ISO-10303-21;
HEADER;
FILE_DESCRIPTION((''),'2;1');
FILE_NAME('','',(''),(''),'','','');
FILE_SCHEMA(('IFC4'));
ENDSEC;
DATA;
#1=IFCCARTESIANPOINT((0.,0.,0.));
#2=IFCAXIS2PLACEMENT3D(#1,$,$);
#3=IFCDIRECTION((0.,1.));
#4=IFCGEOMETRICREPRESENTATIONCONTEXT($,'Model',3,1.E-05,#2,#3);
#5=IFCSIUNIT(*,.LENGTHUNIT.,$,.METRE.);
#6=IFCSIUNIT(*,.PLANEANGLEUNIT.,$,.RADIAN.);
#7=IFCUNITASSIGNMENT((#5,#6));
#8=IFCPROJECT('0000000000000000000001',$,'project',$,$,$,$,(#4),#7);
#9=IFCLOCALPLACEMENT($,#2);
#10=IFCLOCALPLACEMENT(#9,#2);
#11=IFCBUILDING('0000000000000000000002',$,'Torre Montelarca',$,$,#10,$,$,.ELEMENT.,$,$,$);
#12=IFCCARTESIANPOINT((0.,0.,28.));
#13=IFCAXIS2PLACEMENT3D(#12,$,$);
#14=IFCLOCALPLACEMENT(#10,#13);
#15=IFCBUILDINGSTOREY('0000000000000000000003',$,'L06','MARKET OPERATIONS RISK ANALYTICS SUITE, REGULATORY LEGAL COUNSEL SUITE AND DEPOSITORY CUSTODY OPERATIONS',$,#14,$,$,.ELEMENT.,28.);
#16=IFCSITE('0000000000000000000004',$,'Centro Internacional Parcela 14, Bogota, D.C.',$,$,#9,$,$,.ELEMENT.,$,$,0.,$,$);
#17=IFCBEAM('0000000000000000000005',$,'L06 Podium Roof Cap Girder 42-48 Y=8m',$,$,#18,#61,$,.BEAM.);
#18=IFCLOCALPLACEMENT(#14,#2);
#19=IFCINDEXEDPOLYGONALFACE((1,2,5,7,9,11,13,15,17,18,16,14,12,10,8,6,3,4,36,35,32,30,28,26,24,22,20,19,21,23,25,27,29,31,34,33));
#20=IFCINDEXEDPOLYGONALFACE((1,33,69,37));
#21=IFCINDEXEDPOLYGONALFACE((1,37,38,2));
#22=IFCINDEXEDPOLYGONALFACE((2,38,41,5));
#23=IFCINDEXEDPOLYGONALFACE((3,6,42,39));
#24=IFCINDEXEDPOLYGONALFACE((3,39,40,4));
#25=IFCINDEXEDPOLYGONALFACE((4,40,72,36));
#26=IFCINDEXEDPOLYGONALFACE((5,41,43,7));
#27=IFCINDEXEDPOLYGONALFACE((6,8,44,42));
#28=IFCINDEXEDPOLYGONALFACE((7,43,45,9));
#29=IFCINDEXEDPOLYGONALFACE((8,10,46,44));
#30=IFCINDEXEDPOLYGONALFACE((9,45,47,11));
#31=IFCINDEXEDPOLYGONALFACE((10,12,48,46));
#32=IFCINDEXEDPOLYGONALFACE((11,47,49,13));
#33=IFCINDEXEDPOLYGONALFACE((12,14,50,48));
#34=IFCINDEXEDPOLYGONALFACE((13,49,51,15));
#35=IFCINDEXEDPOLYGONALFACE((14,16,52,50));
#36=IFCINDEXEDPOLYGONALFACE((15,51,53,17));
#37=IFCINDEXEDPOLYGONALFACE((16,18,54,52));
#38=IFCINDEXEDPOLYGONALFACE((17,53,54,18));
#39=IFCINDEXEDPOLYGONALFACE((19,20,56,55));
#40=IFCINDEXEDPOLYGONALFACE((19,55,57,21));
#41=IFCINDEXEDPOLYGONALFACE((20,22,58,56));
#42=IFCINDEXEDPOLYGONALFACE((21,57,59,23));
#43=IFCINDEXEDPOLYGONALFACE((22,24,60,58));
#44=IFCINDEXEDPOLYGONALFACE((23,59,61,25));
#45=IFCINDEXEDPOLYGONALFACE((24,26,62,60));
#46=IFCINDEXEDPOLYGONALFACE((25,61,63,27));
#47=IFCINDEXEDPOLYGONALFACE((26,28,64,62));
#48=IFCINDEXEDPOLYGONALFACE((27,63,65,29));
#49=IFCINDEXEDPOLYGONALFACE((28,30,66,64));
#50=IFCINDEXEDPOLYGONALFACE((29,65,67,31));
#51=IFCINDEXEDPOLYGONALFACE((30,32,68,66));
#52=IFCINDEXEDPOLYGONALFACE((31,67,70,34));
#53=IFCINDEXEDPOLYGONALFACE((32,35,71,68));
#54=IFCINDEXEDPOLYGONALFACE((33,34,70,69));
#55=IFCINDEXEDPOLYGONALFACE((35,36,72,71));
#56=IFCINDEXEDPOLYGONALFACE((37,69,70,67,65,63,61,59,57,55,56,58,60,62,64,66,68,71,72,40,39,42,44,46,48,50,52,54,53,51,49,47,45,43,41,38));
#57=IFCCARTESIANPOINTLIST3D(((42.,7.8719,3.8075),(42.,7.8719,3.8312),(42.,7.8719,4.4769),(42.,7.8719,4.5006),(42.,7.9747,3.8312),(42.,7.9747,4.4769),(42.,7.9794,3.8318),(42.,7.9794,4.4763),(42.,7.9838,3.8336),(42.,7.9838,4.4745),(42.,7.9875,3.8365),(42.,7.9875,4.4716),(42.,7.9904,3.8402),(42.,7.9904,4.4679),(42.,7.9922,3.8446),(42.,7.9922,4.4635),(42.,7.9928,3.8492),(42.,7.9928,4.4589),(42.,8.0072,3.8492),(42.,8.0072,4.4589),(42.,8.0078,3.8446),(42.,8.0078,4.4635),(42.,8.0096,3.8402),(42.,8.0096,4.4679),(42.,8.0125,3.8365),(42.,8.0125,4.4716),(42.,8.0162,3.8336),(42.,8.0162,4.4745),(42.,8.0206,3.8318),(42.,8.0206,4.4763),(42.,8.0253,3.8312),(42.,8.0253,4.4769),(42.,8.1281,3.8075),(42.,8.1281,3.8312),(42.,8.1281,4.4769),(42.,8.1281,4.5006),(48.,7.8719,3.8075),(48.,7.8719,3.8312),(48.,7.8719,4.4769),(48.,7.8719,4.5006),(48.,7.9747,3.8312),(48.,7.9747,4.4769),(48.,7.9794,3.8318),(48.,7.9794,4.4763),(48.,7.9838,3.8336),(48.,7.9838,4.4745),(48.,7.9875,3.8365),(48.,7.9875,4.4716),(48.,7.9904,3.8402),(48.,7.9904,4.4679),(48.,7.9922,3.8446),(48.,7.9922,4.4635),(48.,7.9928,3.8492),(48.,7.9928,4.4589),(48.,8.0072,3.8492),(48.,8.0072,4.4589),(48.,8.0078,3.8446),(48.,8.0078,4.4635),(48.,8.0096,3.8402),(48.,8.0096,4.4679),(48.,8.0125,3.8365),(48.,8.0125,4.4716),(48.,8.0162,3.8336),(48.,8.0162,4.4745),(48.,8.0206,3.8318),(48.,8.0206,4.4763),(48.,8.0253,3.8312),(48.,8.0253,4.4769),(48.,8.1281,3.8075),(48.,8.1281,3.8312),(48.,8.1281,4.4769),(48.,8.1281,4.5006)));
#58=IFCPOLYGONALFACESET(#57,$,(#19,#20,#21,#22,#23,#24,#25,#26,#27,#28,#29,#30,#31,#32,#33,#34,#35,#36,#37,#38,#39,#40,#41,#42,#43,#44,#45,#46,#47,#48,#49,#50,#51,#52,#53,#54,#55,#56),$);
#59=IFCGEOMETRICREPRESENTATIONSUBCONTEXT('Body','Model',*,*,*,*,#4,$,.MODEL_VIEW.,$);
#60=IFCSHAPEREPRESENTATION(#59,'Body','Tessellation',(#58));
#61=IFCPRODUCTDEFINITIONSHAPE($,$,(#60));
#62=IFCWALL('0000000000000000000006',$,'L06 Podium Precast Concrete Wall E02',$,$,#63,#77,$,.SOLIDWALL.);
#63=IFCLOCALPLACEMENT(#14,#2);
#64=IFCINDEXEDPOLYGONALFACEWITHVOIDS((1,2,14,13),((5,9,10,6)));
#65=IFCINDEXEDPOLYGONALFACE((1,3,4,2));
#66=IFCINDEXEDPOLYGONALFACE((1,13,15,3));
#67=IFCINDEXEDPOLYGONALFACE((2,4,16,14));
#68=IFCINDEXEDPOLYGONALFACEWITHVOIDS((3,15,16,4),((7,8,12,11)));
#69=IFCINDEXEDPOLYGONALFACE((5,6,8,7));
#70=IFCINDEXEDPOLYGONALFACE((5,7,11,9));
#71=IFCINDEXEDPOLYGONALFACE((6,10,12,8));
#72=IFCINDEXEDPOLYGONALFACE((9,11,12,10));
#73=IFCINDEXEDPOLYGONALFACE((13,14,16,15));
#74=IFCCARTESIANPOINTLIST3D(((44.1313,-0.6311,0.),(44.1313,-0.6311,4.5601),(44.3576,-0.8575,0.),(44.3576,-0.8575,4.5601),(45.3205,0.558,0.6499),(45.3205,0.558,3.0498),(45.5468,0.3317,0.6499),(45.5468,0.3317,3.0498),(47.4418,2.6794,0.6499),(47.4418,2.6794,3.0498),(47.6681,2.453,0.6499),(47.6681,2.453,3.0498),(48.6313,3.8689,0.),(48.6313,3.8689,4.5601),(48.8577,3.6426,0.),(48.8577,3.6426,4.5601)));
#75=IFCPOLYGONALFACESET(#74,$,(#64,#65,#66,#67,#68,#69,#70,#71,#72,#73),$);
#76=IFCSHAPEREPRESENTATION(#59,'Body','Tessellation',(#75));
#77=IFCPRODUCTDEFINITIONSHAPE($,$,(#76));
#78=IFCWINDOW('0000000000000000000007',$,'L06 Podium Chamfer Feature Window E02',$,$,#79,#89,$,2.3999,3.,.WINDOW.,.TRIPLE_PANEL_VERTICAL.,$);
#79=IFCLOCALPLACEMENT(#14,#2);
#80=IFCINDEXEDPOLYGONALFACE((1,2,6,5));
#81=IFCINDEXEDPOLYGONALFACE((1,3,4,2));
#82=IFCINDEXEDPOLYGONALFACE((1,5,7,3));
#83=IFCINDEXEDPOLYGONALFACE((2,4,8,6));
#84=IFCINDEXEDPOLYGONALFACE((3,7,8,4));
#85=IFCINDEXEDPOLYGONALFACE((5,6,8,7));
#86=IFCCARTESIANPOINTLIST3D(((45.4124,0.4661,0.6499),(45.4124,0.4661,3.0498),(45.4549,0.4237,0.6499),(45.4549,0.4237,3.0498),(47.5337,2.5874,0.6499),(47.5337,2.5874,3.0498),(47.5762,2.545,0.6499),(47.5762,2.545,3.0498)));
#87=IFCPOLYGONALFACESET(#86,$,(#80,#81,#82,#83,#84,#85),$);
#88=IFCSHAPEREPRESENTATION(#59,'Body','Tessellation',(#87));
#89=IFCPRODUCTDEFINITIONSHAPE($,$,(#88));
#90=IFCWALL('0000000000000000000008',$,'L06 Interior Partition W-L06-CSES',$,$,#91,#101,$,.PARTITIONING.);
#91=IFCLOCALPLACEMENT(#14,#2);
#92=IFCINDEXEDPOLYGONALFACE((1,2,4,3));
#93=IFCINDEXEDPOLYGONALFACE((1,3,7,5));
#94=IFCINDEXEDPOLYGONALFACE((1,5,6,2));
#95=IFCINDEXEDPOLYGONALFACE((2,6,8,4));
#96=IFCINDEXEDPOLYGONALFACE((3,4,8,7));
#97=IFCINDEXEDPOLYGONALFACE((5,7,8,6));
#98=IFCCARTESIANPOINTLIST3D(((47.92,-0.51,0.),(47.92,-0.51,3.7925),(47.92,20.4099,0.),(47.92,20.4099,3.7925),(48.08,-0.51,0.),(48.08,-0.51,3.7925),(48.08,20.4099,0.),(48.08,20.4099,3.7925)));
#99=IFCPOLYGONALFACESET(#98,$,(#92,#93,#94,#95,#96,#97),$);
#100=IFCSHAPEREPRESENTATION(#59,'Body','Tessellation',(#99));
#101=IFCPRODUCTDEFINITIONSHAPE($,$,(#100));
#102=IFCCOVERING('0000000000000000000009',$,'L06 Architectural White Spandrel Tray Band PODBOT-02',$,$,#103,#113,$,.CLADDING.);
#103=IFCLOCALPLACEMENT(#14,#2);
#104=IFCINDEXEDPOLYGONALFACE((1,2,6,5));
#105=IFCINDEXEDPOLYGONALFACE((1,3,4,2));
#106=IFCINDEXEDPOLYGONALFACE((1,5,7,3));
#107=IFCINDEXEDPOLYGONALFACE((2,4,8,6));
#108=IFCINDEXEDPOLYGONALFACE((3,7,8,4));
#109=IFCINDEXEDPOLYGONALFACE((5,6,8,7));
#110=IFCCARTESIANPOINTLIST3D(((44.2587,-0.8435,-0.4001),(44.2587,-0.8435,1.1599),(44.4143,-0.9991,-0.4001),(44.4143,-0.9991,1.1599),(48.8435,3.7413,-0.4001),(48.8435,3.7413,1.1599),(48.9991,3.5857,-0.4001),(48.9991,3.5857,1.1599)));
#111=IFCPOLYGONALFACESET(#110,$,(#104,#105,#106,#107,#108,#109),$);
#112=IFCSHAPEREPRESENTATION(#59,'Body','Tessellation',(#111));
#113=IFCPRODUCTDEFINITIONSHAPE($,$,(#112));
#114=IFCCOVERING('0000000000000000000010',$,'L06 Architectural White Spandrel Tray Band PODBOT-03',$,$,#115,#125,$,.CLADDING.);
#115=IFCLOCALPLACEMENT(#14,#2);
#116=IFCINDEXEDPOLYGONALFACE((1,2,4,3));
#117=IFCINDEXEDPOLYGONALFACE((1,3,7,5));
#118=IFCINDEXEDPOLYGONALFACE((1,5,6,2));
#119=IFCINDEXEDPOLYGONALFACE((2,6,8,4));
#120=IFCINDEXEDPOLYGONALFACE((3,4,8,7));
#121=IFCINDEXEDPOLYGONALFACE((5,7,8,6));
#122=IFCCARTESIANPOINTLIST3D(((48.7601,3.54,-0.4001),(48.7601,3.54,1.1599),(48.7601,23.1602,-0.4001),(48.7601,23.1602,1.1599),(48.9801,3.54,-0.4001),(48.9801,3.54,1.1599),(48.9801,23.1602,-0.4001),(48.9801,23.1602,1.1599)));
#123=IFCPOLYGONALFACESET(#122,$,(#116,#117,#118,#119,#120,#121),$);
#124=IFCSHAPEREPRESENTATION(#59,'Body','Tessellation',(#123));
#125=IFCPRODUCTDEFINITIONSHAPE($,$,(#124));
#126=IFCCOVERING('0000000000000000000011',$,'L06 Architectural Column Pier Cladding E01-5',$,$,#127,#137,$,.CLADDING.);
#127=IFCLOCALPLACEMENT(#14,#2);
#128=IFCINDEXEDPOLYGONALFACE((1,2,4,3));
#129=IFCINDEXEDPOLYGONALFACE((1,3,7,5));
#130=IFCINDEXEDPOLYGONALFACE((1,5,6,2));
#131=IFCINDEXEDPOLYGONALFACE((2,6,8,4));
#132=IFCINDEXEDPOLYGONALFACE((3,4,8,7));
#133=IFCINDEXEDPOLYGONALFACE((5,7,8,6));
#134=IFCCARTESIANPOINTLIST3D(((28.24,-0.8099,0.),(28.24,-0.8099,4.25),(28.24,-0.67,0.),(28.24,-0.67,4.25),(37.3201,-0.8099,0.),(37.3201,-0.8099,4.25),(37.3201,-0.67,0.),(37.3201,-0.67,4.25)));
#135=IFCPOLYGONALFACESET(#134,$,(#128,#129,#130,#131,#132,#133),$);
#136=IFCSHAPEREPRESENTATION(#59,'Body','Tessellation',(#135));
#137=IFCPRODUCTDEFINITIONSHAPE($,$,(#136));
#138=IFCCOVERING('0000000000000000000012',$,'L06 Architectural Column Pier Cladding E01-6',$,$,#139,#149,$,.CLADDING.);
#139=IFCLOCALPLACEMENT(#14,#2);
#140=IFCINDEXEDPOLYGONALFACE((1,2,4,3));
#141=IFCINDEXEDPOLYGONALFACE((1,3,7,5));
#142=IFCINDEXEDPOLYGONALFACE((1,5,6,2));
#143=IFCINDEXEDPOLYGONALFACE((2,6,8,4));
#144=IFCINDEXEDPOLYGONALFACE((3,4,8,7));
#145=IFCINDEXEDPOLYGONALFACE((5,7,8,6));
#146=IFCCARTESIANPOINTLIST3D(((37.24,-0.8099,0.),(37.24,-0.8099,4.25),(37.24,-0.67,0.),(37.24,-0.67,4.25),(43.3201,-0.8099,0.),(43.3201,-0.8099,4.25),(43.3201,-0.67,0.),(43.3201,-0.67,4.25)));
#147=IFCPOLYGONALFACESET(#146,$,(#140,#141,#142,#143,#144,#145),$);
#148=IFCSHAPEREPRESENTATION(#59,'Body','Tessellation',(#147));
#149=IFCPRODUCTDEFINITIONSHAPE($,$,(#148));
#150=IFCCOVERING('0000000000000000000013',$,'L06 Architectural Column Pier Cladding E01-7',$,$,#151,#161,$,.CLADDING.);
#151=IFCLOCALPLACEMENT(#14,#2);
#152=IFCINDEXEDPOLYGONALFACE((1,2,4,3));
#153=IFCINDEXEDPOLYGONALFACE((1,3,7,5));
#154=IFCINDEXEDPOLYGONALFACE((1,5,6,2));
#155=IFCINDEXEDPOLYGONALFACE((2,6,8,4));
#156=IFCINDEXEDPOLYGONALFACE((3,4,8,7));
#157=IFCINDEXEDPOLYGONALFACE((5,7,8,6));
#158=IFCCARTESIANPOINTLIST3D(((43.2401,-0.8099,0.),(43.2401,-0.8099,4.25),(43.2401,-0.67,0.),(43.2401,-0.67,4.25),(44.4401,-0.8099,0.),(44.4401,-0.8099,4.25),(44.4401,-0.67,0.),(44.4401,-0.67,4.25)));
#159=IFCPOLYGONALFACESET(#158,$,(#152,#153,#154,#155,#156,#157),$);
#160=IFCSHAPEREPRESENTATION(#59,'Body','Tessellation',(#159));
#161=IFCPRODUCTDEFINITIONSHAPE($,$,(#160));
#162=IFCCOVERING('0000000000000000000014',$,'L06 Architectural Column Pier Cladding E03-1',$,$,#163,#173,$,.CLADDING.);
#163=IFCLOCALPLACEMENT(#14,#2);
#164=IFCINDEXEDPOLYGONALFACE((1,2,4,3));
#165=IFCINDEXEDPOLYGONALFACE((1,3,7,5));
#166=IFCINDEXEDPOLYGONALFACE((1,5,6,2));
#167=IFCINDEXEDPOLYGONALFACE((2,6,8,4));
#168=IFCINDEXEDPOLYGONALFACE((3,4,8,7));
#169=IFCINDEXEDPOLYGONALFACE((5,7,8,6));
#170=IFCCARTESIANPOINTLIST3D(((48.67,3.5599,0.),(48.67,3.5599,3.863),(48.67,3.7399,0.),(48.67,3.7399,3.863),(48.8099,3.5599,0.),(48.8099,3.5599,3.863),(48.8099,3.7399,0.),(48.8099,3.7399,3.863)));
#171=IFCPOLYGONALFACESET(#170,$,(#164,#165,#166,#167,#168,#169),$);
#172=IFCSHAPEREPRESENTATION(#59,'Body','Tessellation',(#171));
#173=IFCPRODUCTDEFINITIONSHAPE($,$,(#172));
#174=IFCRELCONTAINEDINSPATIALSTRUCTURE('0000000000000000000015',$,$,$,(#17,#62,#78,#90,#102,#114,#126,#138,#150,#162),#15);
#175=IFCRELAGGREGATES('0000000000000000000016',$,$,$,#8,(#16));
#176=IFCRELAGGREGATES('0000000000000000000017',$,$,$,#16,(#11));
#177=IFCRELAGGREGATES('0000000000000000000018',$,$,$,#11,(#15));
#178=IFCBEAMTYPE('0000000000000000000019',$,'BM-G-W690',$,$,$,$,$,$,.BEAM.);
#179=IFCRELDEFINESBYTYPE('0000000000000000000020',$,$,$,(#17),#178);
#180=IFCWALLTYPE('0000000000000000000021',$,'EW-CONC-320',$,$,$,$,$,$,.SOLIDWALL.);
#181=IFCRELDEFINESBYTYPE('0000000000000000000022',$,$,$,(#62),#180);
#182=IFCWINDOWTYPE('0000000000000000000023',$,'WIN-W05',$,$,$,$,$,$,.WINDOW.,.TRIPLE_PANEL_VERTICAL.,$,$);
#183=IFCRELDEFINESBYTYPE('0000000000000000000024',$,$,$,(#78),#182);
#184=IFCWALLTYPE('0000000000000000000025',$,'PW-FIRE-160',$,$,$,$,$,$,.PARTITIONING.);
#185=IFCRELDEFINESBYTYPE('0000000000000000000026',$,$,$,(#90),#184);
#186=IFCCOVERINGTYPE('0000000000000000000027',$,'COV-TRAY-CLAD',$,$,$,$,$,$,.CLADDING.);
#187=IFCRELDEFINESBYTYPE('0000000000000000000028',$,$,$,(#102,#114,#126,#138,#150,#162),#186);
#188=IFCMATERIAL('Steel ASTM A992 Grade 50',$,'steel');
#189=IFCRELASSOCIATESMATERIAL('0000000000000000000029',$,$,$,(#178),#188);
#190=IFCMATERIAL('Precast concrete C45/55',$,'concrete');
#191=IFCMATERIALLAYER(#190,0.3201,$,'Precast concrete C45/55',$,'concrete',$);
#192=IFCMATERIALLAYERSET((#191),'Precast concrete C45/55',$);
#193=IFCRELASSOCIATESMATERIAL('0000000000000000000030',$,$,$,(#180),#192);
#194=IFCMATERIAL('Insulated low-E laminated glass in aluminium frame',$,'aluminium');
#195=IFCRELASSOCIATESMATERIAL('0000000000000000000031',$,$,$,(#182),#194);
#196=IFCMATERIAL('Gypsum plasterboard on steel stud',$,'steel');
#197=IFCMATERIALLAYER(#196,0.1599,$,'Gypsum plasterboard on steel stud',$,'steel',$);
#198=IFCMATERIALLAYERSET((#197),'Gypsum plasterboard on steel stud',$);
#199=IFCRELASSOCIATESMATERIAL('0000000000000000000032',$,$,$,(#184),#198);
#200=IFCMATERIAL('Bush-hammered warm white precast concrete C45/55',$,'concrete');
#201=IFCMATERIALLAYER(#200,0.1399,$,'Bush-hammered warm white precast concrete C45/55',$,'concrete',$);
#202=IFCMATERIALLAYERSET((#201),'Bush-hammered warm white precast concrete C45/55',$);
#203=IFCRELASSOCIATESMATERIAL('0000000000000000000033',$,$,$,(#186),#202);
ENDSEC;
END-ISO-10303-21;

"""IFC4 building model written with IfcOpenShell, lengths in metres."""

from ifc_helpers import new_model, si_unit, direction, frame, frame_2d, origin, origin_2d, place, context, subcontext, project, spatial, rectangle, i_section, extrude, source, transform, mapped, material, layer, layer_set, material_profile, profile_set, type_object, element, fill, save


model = new_model("IFC4")

# Units and contexts
model_context = context("Model", 3, precision=1e-05, world=origin(), true_north=direction((0.0, 1.0)))
body_context = subcontext(model_context, "Body", "Model", "MODEL_VIEW")
ifc_project = project(units=[si_unit("LENGTHUNIT", "METRE"), si_unit("PLANEANGLEUNIT", "RADIAN")], contexts=[model_context])

# Site, building, storey
site_placement = place(None, origin())
site = spatial("IfcSite", under=ifc_project, at=site_placement, Name="Centro Internacional Parcela 14, Bogota, D.C.", CompositionType="ELEMENT", RefElevation=0.0)
building_placement = place(site_placement, origin())
building = spatial("IfcBuilding", under=site, at=building_placement, Name="Torre Montelarca", CompositionType="ELEMENT")
storey_placement = place(building_placement, frame((0.0, 0.0, 28.0)))
storey = spatial("IfcBuildingStorey", under=building, at=storey_placement, Name="L06", Description="MARKET OPERATIONS RISK ANALYTICS SUITE, REGULATORY LEGAL COUNSEL SUITE AND DEPOSITORY CUSTODY OPERATIONS", CompositionType="ELEMENT", Elevation=28.0)

# Beam
ifc_material_1 = material(Name="Steel ASTM A992 Grade 50", Category="steel")
ifc_material_profile_1 = material_profile(ifc_material_1, i_section(OverallWidth=0.2561, OverallDepth=0.6931, WebThickness=0.0144, FlangeThickness=0.0237, FilletRadius=0.0181, at=origin_2d()), Name="W690X170", Category="steel")
ifc_profile_set_1 = profile_set([ifc_material_profile_1], Name="Steel ASTM A992 Grade 50")
beam_type = type_object("IfcBeamType", Name="BM-G-W690", PredefinedType="BEAM", material=ifc_profile_set_1)
shared_shape_1 = source(origin(), body_context, "Body", "SweptSolid", [
    extrude(i_section(OverallWidth=0.2561, OverallDepth=0.6931, WebThickness=0.0144, FlangeThickness=0.0237, FilletRadius=0.0181, at=origin_2d()), origin(), (0.0, 0.0, 1.0), 6.0),
])
for number, where, z_axis, x_axis, name in (
    (1, (42.0, 8.0, 4.1541), (1.0, 0.0, 0.0), (0.0, 1.0, 0.0), "L06 Podium Roof Cap Girder 42-48 Y=8m"),
):
    element("IfcBeam", number, at=place(storey_placement, frame(where, z_axis=z_axis, x_axis=x_axis)), inside=storey, type_object=beam_type, Name=name, PredefinedType="BEAM", context=body_context, shape_type="MappedRepresentation", body=[
        mapped(shared_shape_1, transform((0.0, 0.0, 0.0), scale=1.0)),
    ])

# Wall, opening, window
ifc_material_2 = material(Name="Precast concrete C45/55", Category="concrete")
ifc_layer_1 = layer(ifc_material_2, 0.3201, Name="Precast concrete C45/55", Category="concrete")
ifc_layer_set_1 = layer_set([ifc_layer_1], Name="Precast concrete C45/55")
wall_type_1 = type_object("IfcWallType", Name="EW-CONC-320", PredefinedType="SOLIDWALL", material=ifc_layer_set_1)
wall_1_placement = place(storey_placement, frame((44.2444, -0.7444, 0.0), z_axis=(0.0, 0.0, 1.0), x_axis=(0.707107, 0.707107, 0.0)))
wall_1 = element("IfcWall", 2, at=wall_1_placement, inside=storey, type_object=wall_type_1, Name="L06 Podium Precast Concrete Wall E02", PredefinedType="SOLIDWALL", context=body_context, shape_type="SweptSolid", body=[
    extrude(rectangle(XDim=6.364, YDim=0.3201, at=frame_2d((3.1821, 0.0))), origin(), (0.0, 0.0, 1.0), 4.5601),
])
opening_placement = place(wall_1_placement, frame((1.6819, 0.0, 0.6499)))
opening = element("IfcOpeningElement", 3, at=opening_placement, cuts=wall_1, PredefinedType="OPENING", context=body_context, shape_type="SweptSolid", body=[
    extrude(rectangle(XDim=3.0, YDim=2.3999, at=frame_2d((1.5, 1.2))), frame((0.0, 0.1699, 0.0), z_axis=(0.0, -1.0, 0.0), x_axis=(1.0, 0.0, 0.0)), (0.0, 0.0, 1.0), 0.3401),
])
ifc_material_3 = material(Name="Insulated low-E laminated glass in aluminium frame", Category="aluminium")
window_type = type_object("IfcWindowType", Name="WIN-W05", PartitioningType="TRIPLE_PANEL_VERTICAL", PredefinedType="WINDOW", material=ifc_material_3)
shared_shape_2 = source(origin(), body_context, "Body", "SweptSolid", [
    extrude(rectangle(XDim=3.0, YDim=2.3999, at=frame_2d((1.5, 1.2))), frame((0.0, 0.03, 0.0), z_axis=(0.0, -1.0, 0.0), x_axis=(1.0, 0.0, 0.0)), (0.0, 0.0, 1.0), 0.0601),
])
window_placement = place(opening_placement, origin())
window = element("IfcWindow", 4, at=window_placement, inside=storey, type_object=window_type, Name="L06 Podium Chamfer Feature Window E02", OverallHeight=2.3999, OverallWidth=3.0, PartitioningType="TRIPLE_PANEL_VERTICAL", PredefinedType="WINDOW", context=body_context, shape_type="MappedRepresentation", body=[
    mapped(shared_shape_2, transform((0.0, 0.0, 0.0), scale=1.0)),
])
fill(opening, window)

# Wall
ifc_material_4 = material(Name="Gypsum plasterboard on steel stud", Category="steel")
ifc_layer_2 = layer(ifc_material_4, 0.1599, Name="Gypsum plasterboard on steel stud", Category="steel")
ifc_layer_set_2 = layer_set([ifc_layer_2], Name="Gypsum plasterboard on steel stud")
wall_type_2 = type_object("IfcWallType", Name="PW-FIRE-160", PredefinedType="PARTITIONING", material=ifc_layer_set_2)
wall_2_placement = place(storey_placement, frame((48.0, -0.51, 0.0), z_axis=(0.0, 0.0, 1.0), x_axis=(0.0, 1.0, 0.0)))
element("IfcWall", 5, at=wall_2_placement, inside=storey, type_object=wall_type_2, Name="L06 Interior Partition W-L06-CSES", PredefinedType="PARTITIONING", context=body_context, shape_type="SweptSolid", body=[
    extrude(rectangle(XDim=20.9199, YDim=0.1599, at=frame_2d((10.46, 0.0))), origin(), (0.0, 0.0, 1.0), 3.7925),
])

# Coverings
ifc_material_5 = material(Name="Bush-hammered warm white precast concrete C45/55", Category="concrete")
ifc_layer_3 = layer(ifc_material_5, 0.1399, Name="Bush-hammered warm white precast concrete C45/55", Category="concrete")
ifc_layer_set_3 = layer_set([ifc_layer_3], Name="Bush-hammered warm white precast concrete C45/55")
covering_type = type_object("IfcCoveringType", Name="COV-TRAY-CLAD", PredefinedType="CLADDING", material=ifc_layer_set_3)
shared_shape_3 = source(origin(), body_context, "Body", "SweptSolid", [
    extrude(rectangle(XDim=6.4839, YDim=0.22, at=origin_2d()), origin(), (0.0, 0.0, 1.0), 1.5601),
])
covering_1_placement = place(storey_placement, frame((46.6289, 1.3711, -0.4001), z_axis=(0.0, 0.0, 1.0), x_axis=(0.707107, 0.707107, 0.0)))
element("IfcCovering", 6, at=covering_1_placement, inside=storey, type_object=covering_type, Name="L06 Architectural White Spandrel Tray Band PODBOT-02", PredefinedType="CLADDING", context=body_context, shape_type="MappedRepresentation", body=[
    mapped(shared_shape_3, transform((0.0, 0.0, 0.0), scale=1.0)),
])
shared_shape_4 = source(origin(), body_context, "Body", "SweptSolid", [
    extrude(rectangle(XDim=19.6201, YDim=0.22, at=origin_2d()), origin(), (0.0, 0.0, 1.0), 1.5601),
])
covering_2_placement = place(storey_placement, frame((48.8701, 13.3501, -0.4001), z_axis=(0.0, 0.0, 1.0), x_axis=(0.0, 1.0, 0.0)))
element("IfcCovering", 7, at=covering_2_placement, inside=storey, type_object=covering_type, Name="L06 Architectural White Spandrel Tray Band PODBOT-03", PredefinedType="CLADDING", context=body_context, shape_type="MappedRepresentation", body=[
    mapped(shared_shape_4, transform((0.0, 0.0, 0.0), scale=1.0)),
])
shared_shape_5 = source(origin(), body_context, "Body", "SweptSolid", [
    extrude(rectangle(XDim=9.0801, YDim=0.1399, at=origin_2d()), origin(), (0.0, 0.0, 1.0), 4.25),
])
covering_3_placement = place(storey_placement, frame((32.78, -0.74, 0.0), z_axis=(0.0, 0.0, 1.0), x_axis=(1.0, 0.0, 0.0)))
element("IfcCovering", 8, at=covering_3_placement, inside=storey, type_object=covering_type, Name="L06 Architectural Column Pier Cladding E01-5", PredefinedType="CLADDING", context=body_context, shape_type="MappedRepresentation", body=[
    mapped(shared_shape_5, transform((0.0, 0.0, 0.0), scale=1.0)),
])
shared_shape_6 = source(origin(), body_context, "Body", "SweptSolid", [
    extrude(rectangle(XDim=6.0801, YDim=0.1399, at=origin_2d()), origin(), (0.0, 0.0, 1.0), 4.25),
])
covering_4_placement = place(storey_placement, frame((40.28, -0.74, 0.0), z_axis=(0.0, 0.0, 1.0), x_axis=(1.0, 0.0, 0.0)))
element("IfcCovering", 9, at=covering_4_placement, inside=storey, type_object=covering_type, Name="L06 Architectural Column Pier Cladding E01-6", PredefinedType="CLADDING", context=body_context, shape_type="MappedRepresentation", body=[
    mapped(shared_shape_6, transform((0.0, 0.0, 0.0), scale=1.0)),
])
shared_shape_7 = source(origin(), body_context, "Body", "SweptSolid", [
    extrude(rectangle(XDim=1.2, YDim=0.1399, at=origin_2d()), origin(), (0.0, 0.0, 1.0), 4.25),
])
covering_5_placement = place(storey_placement, frame((43.8401, -0.74, 0.0), z_axis=(0.0, 0.0, 1.0), x_axis=(1.0, 0.0, 0.0)))
element("IfcCovering", 10, at=covering_5_placement, inside=storey, type_object=covering_type, Name="L06 Architectural Column Pier Cladding E01-7", PredefinedType="CLADDING", context=body_context, shape_type="MappedRepresentation", body=[
    mapped(shared_shape_7, transform((0.0, 0.0, 0.0), scale=1.0)),
])
shared_shape_8 = source(origin(), body_context, "Body", "SweptSolid", [
    extrude(rectangle(XDim=0.1799, YDim=0.1399, at=origin_2d()), origin(), (0.0, 0.0, 1.0), 3.863),
])
covering_6_placement = place(storey_placement, frame((48.74, 3.6499, 0.0), z_axis=(0.0, 0.0, 1.0), x_axis=(0.0, 1.0, 0.0)))
element("IfcCovering", 11, at=covering_6_placement, inside=storey, type_object=covering_type, Name="L06 Architectural Column Pier Cladding E03-1", PredefinedType="CLADDING", context=body_context, shape_type="MappedRepresentation", body=[
    mapped(shared_shape_8, transform((0.0, 0.0, 0.0), scale=1.0)),
])

save(model, "model.ifc")
